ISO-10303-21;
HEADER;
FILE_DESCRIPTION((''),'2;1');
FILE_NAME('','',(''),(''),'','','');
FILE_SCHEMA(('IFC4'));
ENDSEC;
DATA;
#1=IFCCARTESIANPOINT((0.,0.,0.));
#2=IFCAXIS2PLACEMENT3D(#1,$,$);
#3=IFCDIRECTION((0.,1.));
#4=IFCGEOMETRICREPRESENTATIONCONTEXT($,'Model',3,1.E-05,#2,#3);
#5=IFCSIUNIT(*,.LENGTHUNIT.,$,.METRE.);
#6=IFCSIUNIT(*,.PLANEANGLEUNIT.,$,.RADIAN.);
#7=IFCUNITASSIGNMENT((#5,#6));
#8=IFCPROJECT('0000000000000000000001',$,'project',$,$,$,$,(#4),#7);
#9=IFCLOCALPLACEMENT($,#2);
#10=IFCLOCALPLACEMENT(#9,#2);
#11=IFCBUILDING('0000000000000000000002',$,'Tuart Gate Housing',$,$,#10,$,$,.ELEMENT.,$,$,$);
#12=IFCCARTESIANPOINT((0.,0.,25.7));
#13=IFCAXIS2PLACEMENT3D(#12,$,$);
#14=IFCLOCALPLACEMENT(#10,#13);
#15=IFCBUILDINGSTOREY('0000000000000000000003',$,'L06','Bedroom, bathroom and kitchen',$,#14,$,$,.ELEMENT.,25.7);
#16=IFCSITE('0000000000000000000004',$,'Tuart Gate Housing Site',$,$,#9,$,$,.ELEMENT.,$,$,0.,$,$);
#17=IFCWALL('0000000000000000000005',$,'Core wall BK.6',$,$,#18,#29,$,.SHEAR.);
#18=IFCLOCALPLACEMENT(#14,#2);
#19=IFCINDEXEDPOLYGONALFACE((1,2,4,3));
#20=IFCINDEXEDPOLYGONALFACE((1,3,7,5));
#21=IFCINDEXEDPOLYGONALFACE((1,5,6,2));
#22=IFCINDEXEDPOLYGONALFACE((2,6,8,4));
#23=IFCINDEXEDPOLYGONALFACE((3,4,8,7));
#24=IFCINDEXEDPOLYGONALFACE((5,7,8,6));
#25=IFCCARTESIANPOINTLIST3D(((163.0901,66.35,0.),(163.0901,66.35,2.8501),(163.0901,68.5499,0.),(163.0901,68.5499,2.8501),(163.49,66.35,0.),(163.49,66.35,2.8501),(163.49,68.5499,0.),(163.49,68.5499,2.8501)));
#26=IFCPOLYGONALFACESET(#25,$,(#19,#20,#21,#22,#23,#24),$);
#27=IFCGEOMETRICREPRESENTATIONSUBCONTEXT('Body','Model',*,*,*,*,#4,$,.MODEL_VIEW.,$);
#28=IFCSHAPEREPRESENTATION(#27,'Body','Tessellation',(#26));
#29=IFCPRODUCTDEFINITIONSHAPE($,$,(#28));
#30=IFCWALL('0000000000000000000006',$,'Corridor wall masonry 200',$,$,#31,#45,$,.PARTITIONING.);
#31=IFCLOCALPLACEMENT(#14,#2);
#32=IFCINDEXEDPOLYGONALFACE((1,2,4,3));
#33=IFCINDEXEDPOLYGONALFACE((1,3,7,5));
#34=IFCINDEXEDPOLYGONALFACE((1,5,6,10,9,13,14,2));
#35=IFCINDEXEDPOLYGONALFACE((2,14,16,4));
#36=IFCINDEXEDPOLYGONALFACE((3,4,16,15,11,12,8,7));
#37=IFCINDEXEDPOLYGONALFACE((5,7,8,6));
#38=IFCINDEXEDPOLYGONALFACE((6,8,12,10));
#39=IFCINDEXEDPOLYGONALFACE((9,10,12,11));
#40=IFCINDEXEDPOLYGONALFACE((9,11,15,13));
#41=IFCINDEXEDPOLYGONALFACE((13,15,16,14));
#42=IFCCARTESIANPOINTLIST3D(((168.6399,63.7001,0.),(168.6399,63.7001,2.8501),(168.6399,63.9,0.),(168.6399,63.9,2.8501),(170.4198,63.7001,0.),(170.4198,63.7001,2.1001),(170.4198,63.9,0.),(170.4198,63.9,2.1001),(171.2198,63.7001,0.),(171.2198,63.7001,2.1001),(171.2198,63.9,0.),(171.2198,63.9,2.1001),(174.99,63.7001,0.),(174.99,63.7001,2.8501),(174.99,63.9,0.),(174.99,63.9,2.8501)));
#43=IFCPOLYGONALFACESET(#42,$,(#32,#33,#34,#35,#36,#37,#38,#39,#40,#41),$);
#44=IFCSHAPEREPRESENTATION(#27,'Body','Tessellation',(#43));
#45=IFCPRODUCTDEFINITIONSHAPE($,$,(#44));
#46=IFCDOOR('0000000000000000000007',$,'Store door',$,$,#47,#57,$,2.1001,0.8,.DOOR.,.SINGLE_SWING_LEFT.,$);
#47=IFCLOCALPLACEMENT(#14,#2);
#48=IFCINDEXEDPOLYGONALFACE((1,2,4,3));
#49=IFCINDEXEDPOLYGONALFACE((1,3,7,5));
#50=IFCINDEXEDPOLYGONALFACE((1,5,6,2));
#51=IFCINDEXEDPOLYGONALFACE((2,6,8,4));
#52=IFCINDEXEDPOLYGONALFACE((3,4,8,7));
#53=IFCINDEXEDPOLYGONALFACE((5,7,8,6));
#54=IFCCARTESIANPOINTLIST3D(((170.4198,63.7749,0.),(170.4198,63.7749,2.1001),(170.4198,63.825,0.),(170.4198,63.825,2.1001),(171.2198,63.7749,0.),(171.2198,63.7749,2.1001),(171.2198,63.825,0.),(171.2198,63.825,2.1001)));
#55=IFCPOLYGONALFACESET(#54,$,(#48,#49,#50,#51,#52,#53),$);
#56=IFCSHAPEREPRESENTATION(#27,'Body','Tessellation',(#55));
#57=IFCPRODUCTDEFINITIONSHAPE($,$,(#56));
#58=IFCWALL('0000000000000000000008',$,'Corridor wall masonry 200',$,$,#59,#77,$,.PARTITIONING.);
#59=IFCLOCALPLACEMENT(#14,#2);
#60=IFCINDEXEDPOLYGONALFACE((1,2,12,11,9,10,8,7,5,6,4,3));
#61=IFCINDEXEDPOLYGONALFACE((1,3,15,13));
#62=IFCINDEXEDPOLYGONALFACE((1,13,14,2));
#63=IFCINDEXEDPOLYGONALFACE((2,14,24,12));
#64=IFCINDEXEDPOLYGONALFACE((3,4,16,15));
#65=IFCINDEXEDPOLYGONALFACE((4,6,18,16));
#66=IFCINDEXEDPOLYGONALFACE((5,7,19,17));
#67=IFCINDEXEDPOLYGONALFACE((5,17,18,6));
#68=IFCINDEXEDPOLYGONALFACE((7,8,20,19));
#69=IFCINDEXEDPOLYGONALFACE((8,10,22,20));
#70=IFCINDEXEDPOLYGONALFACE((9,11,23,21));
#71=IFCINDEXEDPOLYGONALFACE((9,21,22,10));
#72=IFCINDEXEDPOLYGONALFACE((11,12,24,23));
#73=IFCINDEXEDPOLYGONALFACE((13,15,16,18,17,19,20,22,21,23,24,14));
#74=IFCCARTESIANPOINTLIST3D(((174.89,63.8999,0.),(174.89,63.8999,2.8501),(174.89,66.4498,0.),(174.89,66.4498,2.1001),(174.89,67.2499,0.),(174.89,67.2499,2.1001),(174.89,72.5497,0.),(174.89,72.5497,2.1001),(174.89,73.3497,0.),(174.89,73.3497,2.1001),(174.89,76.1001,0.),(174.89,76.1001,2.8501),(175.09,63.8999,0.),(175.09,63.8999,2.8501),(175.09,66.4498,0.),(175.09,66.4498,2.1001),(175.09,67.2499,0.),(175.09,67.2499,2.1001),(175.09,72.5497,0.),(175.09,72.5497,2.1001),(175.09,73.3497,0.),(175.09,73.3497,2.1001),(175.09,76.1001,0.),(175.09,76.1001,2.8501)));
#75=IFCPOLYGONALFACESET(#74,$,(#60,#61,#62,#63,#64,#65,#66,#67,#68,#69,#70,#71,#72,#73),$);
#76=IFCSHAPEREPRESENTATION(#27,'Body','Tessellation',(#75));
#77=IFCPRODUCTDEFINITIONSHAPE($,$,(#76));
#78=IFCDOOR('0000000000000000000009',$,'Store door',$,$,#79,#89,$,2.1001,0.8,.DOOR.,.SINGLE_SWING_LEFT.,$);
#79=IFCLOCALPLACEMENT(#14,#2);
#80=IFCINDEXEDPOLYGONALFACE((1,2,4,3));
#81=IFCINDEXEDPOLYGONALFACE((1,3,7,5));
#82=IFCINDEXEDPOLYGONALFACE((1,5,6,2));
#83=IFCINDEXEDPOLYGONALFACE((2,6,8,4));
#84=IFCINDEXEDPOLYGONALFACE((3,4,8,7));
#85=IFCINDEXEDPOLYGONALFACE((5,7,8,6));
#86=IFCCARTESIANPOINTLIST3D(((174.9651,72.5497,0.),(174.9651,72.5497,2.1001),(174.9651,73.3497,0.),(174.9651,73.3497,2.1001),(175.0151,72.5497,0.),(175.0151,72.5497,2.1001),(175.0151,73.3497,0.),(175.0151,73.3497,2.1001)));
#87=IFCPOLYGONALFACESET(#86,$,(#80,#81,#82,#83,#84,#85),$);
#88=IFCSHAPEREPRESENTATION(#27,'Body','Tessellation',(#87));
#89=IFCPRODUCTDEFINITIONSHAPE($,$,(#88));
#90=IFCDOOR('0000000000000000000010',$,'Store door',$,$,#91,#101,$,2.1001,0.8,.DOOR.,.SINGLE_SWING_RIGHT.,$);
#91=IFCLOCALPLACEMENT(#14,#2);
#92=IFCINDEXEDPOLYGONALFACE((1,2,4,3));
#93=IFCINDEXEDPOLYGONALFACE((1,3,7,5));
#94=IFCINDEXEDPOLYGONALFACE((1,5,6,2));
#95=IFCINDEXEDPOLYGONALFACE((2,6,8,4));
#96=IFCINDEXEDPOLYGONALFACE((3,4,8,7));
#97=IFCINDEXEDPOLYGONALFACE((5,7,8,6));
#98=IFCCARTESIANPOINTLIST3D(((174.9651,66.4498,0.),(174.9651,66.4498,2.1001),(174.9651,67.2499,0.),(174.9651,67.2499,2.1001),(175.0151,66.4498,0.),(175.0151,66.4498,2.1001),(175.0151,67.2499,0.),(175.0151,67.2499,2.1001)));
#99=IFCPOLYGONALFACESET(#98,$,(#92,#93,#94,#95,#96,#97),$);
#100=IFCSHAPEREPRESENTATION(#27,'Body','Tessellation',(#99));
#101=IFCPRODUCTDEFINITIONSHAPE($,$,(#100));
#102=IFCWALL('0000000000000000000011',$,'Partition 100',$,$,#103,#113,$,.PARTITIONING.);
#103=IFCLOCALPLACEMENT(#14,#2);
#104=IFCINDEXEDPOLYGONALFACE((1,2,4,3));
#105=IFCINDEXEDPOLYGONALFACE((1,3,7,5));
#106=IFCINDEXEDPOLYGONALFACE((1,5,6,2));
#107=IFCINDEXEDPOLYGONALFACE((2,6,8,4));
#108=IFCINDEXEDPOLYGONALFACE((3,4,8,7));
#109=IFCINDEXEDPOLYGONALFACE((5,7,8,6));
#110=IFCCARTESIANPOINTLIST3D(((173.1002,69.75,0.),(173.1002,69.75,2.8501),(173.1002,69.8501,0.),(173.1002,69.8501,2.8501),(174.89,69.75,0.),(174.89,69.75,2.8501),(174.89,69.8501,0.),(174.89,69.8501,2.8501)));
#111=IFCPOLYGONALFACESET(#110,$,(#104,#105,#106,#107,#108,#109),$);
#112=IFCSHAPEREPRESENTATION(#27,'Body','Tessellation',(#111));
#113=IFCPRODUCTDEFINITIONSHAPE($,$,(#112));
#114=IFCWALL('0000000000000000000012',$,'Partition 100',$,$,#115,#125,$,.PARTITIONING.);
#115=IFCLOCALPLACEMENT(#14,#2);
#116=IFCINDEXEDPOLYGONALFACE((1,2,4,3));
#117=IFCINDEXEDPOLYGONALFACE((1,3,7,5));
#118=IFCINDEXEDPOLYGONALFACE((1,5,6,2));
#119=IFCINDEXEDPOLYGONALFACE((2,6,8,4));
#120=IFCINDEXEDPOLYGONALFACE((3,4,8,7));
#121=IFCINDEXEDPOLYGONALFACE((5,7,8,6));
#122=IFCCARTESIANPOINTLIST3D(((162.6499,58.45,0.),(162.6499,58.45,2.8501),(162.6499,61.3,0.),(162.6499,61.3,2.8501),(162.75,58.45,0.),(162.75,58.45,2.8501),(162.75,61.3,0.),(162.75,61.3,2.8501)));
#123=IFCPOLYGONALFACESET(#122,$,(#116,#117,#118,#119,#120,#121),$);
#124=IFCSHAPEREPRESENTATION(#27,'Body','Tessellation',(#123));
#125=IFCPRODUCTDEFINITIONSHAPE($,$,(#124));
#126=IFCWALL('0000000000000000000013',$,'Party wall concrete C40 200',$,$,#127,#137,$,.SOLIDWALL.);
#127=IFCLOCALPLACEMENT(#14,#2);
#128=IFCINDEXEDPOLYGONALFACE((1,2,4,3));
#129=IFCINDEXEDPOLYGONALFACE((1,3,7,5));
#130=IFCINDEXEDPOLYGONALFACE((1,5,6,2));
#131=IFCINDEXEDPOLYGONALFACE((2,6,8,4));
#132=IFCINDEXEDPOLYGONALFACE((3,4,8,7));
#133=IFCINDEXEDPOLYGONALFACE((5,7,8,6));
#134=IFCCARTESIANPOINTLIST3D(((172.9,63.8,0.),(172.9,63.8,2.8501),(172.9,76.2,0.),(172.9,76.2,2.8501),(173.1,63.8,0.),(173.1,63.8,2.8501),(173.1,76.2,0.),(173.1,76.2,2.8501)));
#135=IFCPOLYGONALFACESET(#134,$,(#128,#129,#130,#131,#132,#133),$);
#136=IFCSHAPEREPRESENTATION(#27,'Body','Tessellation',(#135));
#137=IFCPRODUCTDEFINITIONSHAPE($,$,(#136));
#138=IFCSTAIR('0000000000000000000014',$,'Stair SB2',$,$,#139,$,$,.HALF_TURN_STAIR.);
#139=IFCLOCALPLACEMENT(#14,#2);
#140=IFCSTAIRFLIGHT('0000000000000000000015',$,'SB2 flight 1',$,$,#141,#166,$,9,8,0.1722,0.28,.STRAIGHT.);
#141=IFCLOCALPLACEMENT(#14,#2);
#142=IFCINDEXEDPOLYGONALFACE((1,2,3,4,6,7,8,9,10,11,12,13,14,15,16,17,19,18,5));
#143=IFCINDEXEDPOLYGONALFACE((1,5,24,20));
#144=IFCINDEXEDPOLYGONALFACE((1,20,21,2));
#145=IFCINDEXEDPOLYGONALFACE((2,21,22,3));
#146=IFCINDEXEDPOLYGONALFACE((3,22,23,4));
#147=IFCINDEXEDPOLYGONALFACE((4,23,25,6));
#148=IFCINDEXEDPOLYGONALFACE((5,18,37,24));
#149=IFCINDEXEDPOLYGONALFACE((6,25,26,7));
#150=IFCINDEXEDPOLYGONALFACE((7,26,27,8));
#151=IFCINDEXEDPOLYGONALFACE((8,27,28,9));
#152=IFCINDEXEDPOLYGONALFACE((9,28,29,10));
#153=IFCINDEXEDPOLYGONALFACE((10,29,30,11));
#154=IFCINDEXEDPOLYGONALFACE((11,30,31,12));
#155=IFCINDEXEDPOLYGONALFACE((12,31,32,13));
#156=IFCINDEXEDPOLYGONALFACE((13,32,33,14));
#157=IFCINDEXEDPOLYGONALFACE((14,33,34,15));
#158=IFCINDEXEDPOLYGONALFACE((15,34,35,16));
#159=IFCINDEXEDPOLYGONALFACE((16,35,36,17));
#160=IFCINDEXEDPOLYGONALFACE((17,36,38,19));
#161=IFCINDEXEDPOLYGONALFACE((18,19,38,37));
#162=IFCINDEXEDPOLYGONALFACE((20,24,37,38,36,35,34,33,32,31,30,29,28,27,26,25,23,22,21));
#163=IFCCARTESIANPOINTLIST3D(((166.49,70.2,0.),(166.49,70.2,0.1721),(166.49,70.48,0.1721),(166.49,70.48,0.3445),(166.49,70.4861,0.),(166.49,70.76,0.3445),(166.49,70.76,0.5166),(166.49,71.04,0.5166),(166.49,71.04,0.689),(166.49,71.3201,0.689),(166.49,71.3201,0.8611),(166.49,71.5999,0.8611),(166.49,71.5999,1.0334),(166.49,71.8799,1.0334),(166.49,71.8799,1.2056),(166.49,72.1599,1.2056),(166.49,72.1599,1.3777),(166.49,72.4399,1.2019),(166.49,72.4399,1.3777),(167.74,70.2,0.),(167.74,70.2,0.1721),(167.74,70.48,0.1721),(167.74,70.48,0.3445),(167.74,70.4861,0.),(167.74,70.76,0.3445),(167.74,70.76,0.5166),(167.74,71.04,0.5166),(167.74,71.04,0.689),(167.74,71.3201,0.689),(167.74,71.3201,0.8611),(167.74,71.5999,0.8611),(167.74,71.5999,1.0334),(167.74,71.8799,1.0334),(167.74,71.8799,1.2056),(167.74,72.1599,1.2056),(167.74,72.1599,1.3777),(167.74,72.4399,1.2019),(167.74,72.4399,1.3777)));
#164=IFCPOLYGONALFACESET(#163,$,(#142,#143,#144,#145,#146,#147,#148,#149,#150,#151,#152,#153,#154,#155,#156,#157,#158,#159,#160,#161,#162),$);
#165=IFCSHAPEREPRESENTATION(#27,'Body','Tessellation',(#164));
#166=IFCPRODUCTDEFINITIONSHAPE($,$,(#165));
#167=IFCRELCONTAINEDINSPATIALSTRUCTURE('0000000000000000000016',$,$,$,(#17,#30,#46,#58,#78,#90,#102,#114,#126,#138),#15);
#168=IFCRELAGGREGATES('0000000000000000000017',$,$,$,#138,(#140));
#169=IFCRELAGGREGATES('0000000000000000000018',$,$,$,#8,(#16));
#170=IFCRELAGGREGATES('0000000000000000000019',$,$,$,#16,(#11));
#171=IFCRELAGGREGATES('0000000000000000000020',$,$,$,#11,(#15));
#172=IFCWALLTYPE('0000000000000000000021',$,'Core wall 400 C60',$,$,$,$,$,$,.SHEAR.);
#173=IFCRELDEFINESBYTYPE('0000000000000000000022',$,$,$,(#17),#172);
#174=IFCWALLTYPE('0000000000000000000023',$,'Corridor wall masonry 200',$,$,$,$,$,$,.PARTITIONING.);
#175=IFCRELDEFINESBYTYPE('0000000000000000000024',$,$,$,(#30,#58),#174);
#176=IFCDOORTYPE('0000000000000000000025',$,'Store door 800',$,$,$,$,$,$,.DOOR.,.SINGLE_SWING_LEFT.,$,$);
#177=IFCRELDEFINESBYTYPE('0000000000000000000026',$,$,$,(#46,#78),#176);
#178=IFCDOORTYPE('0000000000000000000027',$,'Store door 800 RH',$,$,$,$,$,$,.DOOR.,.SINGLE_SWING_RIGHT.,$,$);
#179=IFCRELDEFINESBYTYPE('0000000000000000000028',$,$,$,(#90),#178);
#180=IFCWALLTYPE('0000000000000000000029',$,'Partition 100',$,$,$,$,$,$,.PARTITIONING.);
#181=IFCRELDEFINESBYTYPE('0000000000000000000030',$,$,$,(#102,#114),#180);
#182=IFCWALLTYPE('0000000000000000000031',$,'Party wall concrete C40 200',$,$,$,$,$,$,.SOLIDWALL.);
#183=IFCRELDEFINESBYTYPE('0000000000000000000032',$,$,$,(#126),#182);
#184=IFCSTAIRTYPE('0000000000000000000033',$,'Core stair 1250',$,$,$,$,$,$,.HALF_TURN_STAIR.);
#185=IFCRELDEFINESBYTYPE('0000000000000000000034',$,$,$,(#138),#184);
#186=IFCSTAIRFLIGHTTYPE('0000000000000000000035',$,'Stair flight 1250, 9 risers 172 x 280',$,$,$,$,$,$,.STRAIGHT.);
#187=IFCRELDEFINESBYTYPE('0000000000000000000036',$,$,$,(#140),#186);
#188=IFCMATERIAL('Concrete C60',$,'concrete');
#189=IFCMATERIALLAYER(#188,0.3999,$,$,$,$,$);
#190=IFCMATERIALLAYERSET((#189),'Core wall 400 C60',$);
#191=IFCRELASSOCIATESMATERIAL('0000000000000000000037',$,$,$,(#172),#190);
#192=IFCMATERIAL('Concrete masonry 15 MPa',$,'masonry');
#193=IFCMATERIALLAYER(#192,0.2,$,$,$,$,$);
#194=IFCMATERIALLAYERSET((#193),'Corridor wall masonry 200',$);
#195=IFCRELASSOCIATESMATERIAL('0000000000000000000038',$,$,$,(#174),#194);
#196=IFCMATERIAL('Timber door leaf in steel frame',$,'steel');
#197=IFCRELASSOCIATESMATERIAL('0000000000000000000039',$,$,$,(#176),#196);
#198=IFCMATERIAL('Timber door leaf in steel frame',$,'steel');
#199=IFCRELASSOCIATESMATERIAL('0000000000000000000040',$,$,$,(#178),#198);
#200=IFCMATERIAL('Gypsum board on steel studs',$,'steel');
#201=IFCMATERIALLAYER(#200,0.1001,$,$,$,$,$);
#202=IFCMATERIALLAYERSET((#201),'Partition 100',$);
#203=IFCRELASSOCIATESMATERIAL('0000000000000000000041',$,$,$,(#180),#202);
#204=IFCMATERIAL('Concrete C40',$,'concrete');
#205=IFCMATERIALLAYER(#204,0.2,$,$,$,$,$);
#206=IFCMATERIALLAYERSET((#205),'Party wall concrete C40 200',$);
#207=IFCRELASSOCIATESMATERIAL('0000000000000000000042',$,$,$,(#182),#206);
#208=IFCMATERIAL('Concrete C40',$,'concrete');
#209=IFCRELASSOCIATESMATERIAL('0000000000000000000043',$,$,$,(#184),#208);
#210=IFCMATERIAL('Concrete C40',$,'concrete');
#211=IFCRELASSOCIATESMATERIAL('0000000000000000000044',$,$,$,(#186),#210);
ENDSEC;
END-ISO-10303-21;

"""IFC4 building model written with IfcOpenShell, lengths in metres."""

from ifc_helpers import new_model, si_unit, direction, frame, frame_2d, origin, place, context, subcontext, project, spatial, polyline, rectangle, outline, extrude, material, layer, layer_set, type_object, element, fill, aggregate, save


model = new_model("IFC4")

# Units and contexts
model_context = context("Model", 3, precision=1e-05, world=origin(), true_north=direction((0.0, 1.0)))
body_context = subcontext(model_context, "Body", "Model", "MODEL_VIEW")
ifc_project = project(units=[si_unit("LENGTHUNIT", "METRE"), si_unit("PLANEANGLEUNIT", "RADIAN")], contexts=[model_context])

# Site, building, storey
site_placement = place(None, origin())
site = spatial("IfcSite", under=ifc_project, at=site_placement, Name="Tuart Gate Housing Site", CompositionType="ELEMENT", RefElevation=0.0)
building_placement = place(site_placement, origin())
building = spatial("IfcBuilding", under=site, at=building_placement, Name="Tuart Gate Housing", CompositionType="ELEMENT")
storey_placement = place(building_placement, frame((0.0, 0.0, 25.7)))
storey = spatial("IfcBuildingStorey", under=building, at=storey_placement, Name="L06", Description="Bedroom, bathroom and kitchen", CompositionType="ELEMENT", Elevation=25.7)

# Wall
ifc_material_1 = material(Name="Concrete C60", Category="concrete")
ifc_layer_1 = layer(ifc_material_1, 0.3999)
ifc_layer_set_1 = layer_set([ifc_layer_1], Name="Core wall 400 C60")
wall_type_1 = type_object("IfcWallType", Name="Core wall 400 C60", PredefinedType="SHEAR", material=ifc_layer_set_1)
wall_1_placement = place(storey_placement, frame((163.29, 68.55, 0.0), z_axis=(0.0, 0.0, 1.0), x_axis=(0.0, -1.0, 0.0)))
element("IfcWall", 1, at=wall_1_placement, inside=storey, type_object=wall_type_1, Name="Core wall BK.6", PredefinedType="SHEAR", context=body_context, shape_type="SweptSolid", body=[
    extrude(rectangle(XDim=2.2, YDim=0.3999, at=frame_2d((1.1001, 0.0))), origin(), (0.0, 0.0, 1.0), 2.8501),
])

# Wall, opening, door
ifc_material_2 = material(Name="Concrete masonry 15 MPa", Category="masonry")
ifc_layer_2 = layer(ifc_material_2, 0.2)
ifc_layer_set_2 = layer_set([ifc_layer_2], Name="Corridor wall masonry 200")
wall_type_2 = type_object("IfcWallType", Name="Corridor wall masonry 200", PredefinedType="PARTITIONING", material=ifc_layer_set_2)
wall_2_placement = place(storey_placement, frame((168.6399, 63.8, 0.0), z_axis=(0.0, 0.0, 1.0), x_axis=(1.0, 0.0, 0.0)))
wall_2 = element("IfcWall", 2, at=wall_2_placement, inside=storey, type_object=wall_type_2, Name="Corridor wall masonry 200", PredefinedType="PARTITIONING", context=body_context, shape_type="SweptSolid", body=[
    extrude(rectangle(XDim=6.3501, YDim=0.2, at=frame_2d((3.175, 0.0))), origin(), (0.0, 0.0, 1.0), 2.8501),
])
opening_1_placement = place(wall_2_placement, frame((1.78, 0.0, 0.0)))
opening_1 = element("IfcOpeningElement", 3, at=opening_1_placement, cuts=wall_2, PredefinedType="OPENING", context=body_context, shape_type="SweptSolid", body=[
    extrude(rectangle(XDim=0.8, YDim=2.1001, at=frame_2d((0.3999, 1.05))), frame((0.0, 0.1099, 0.0), z_axis=(0.0, -1.0, 0.0), x_axis=(1.0, 0.0, 0.0)), (0.0, 0.0, 1.0), 0.22),
])
ifc_material_3 = material(Name="Timber door leaf in steel frame", Category="steel")
door_type_1 = type_object("IfcDoorType", Name="Store door 800", OperationType="SINGLE_SWING_LEFT", PredefinedType="DOOR", material=ifc_material_3)
door_1_placement = place(opening_1_placement, origin())
door_1 = element("IfcDoor", 4, at=door_1_placement, inside=storey, type_object=door_type_1, Name="Store door", OperationType="SINGLE_SWING_LEFT", OverallHeight=2.1001, OverallWidth=0.8, PredefinedType="DOOR", context=body_context, shape_type="SweptSolid", body=[
    extrude(rectangle(XDim=0.8, YDim=2.1001, at=frame_2d((0.3999, 1.05))), frame((0.0, 0.0249, 0.0), z_axis=(0.0, -1.0, 0.0), x_axis=(1.0, 0.0, 0.0)), (0.0, 0.0, 1.0), 0.05),
])
fill(opening_1, door_1)

# Wall, openings, doors
wall_3_placement = place(storey_placement, frame((174.99, 63.8999, 0.0), z_axis=(0.0, 0.0, 1.0), x_axis=(0.0, 1.0, 0.0)))
wall_3 = element("IfcWall", 5, at=wall_3_placement, inside=storey, type_object=wall_type_2, Name="Corridor wall masonry 200", PredefinedType="PARTITIONING", context=body_context, shape_type="SweptSolid", body=[
    extrude(rectangle(XDim=12.2002, YDim=0.2, at=frame_2d((6.1001, 0.0))), origin(), (0.0, 0.0, 1.0), 2.8501),
])
opening_2_placement = place(wall_3_placement, frame((2.55, 0.0, 0.0)))
opening_2 = element("IfcOpeningElement", 6, at=opening_2_placement, cuts=wall_3, PredefinedType="OPENING", context=body_context, shape_type="SweptSolid", body=[
    extrude(rectangle(XDim=0.8, YDim=2.1001, at=frame_2d((0.3999, 1.05))), frame((0.0, 0.1099, 0.0), z_axis=(0.0, -1.0, 0.0), x_axis=(1.0, 0.0, 0.0)), (0.0, 0.0, 1.0), 0.22),
])
opening_3_placement = place(wall_3_placement, frame((8.6499, 0.0, 0.0)))
opening_3 = element("IfcOpeningElement", 7, at=opening_3_placement, cuts=wall_3, PredefinedType="OPENING", context=body_context, shape_type="SweptSolid", body=[
    extrude(rectangle(XDim=0.8, YDim=2.1001, at=frame_2d((0.3999, 1.05))), frame((0.0, 0.1099, 0.0), z_axis=(0.0, -1.0, 0.0), x_axis=(1.0, 0.0, 0.0)), (0.0, 0.0, 1.0), 0.22),
])
door_2_placement = place(opening_3_placement, origin())
door_2 = element("IfcDoor", 8, at=door_2_placement, inside=storey, type_object=door_type_1, Name="Store door", OperationType="SINGLE_SWING_LEFT", OverallHeight=2.1001, OverallWidth=0.8, PredefinedType="DOOR", context=body_context, shape_type="SweptSolid", body=[
    extrude(rectangle(XDim=0.8, YDim=2.1001, at=frame_2d((0.3999, 1.05))), frame((0.0, 0.0249, 0.0), z_axis=(0.0, -1.0, 0.0), x_axis=(1.0, 0.0, 0.0)), (0.0, 0.0, 1.0), 0.05),
])
fill(opening_3, door_2)
ifc_material_4 = material(Name="Timber door leaf in steel frame", Category="steel")
door_type_2 = type_object("IfcDoorType", Name="Store door 800 RH", OperationType="SINGLE_SWING_RIGHT", PredefinedType="DOOR", material=ifc_material_4)
door_3_placement = place(opening_2_placement, origin())
door_3 = element("IfcDoor", 9, at=door_3_placement, inside=storey, type_object=door_type_2, Name="Store door", OperationType="SINGLE_SWING_RIGHT", OverallHeight=2.1001, OverallWidth=0.8, PredefinedType="DOOR", context=body_context, shape_type="SweptSolid", body=[
    extrude(rectangle(XDim=0.8, YDim=2.1001, at=frame_2d((0.3999, 1.05))), frame((0.0, 0.0249, 0.0), z_axis=(0.0, -1.0, 0.0), x_axis=(1.0, 0.0, 0.0)), (0.0, 0.0, 1.0), 0.05),
])
fill(opening_2, door_3)

# Walls
ifc_material_5 = material(Name="Gypsum board on steel studs", Category="steel")
ifc_layer_3 = layer(ifc_material_5, 0.1001)
ifc_layer_set_3 = layer_set([ifc_layer_3], Name="Partition 100")
wall_type_3 = type_object("IfcWallType", Name="Partition 100", PredefinedType="PARTITIONING", material=ifc_layer_set_3)
wall_4_placement = place(storey_placement, frame((173.1001, 69.8, 0.0), z_axis=(0.0, 0.0, 1.0), x_axis=(1.0, 0.0, 0.0)))
element("IfcWall", 10, at=wall_4_placement, inside=storey, type_object=wall_type_3, Name="Partition 100", PredefinedType="PARTITIONING", context=body_context, shape_type="SweptSolid", body=[
    extrude(rectangle(XDim=1.7898, YDim=0.1001, at=frame_2d((0.895, 0.0))), origin(), (0.0, 0.0, 1.0), 2.8501),
])
wall_5_placement = place(storey_placement, frame((162.7, 58.45, 0.0), z_axis=(0.0, 0.0, 1.0), x_axis=(0.0, 1.0, 0.0)))
element("IfcWall", 11, at=wall_5_placement, inside=storey, type_object=wall_type_3, Name="Partition 100", PredefinedType="PARTITIONING", context=body_context, shape_type="SweptSolid", body=[
    extrude(rectangle(XDim=2.8501, YDim=0.1001, at=frame_2d((1.425, 0.0))), origin(), (0.0, 0.0, 1.0), 2.8501),
])
ifc_material_6 = material(Name="Concrete C40", Category="concrete")
ifc_layer_4 = layer(ifc_material_6, 0.2)
ifc_layer_set_4 = layer_set([ifc_layer_4], Name="Party wall concrete C40 200")
wall_type_4 = type_object("IfcWallType", Name="Party wall concrete C40 200", PredefinedType="SOLIDWALL", material=ifc_layer_set_4)
wall_6_placement = place(storey_placement, frame((173.0, 63.8, 0.0), z_axis=(0.0, 0.0, 1.0), x_axis=(0.0, 1.0, 0.0)))
element("IfcWall", 12, at=wall_6_placement, inside=storey, type_object=wall_type_4, Name="Party wall concrete C40 200", PredefinedType="SOLIDWALL", context=body_context, shape_type="SweptSolid", body=[
    extrude(rectangle(XDim=12.3999, YDim=0.2, at=frame_2d((6.2, 0.0))), origin(), (0.0, 0.0, 1.0), 2.8501),
])

# Stair, stair flight
ifc_material_7 = material(Name="Concrete C40", Category="concrete")
stair_type = type_object("IfcStairType", Name="Core stair 1250", PredefinedType="HALF_TURN_STAIR", material=ifc_material_7)
stair_placement = place(storey_placement, origin())
stair = element("IfcStair", 13, at=stair_placement, inside=storey, type_object=stair_type, Name="Stair SB2", PredefinedType="HALF_TURN_STAIR")
ifc_material_8 = material(Name="Concrete C40", Category="concrete")
stair_flight_type = type_object("IfcStairFlightType", Name="Stair flight 1250, 9 risers 172 x 280", PredefinedType="STRAIGHT", material=ifc_material_8)
stair_flight_placement = place(storey_placement, frame((167.115, 70.2, 0.0), z_axis=(0.0, 0.0, 1.0), x_axis=(0.0, 1.0, 0.0)))
stair_flight = element("IfcStairFlight", 14, at=stair_flight_placement, type_object=stair_flight_type, Name="SB2 flight 1", NumberOfRisers=9, NumberOfTreads=8, PredefinedType="STRAIGHT", RiserHeight=0.1722, TreadLength=0.28, context=body_context, shape_type="SweptSolid", body=[
    extrude(outline(polyline([(0.0, 0.0), (0.0, 0.1721), (0.28, 0.1721), (0.28, 0.3445), (0.5601, 0.3445), (0.5601, 0.5166), (0.8401, 0.5166), (0.8401, 0.689), (1.1201, 0.689), (1.1201, 0.8611), (1.3999, 0.8611), (1.3999, 1.0334), (1.6799, 1.0334), (1.6799, 1.2056), (1.96, 1.2056), (1.96, 1.3777), (2.24, 1.3777), (2.24, 1.55), (2.24, 1.2019), (0.2861, 0.0), (0.0, 0.0)])), frame((0.0, 0.625, 0.0), z_axis=(0.0, -1.0, 0.0), x_axis=(1.0, 0.0, 0.0)), (0.0, 0.0, 1.0), 1.25),
])
aggregate(stair, [stair_flight])

save(model, "model.ifc")
